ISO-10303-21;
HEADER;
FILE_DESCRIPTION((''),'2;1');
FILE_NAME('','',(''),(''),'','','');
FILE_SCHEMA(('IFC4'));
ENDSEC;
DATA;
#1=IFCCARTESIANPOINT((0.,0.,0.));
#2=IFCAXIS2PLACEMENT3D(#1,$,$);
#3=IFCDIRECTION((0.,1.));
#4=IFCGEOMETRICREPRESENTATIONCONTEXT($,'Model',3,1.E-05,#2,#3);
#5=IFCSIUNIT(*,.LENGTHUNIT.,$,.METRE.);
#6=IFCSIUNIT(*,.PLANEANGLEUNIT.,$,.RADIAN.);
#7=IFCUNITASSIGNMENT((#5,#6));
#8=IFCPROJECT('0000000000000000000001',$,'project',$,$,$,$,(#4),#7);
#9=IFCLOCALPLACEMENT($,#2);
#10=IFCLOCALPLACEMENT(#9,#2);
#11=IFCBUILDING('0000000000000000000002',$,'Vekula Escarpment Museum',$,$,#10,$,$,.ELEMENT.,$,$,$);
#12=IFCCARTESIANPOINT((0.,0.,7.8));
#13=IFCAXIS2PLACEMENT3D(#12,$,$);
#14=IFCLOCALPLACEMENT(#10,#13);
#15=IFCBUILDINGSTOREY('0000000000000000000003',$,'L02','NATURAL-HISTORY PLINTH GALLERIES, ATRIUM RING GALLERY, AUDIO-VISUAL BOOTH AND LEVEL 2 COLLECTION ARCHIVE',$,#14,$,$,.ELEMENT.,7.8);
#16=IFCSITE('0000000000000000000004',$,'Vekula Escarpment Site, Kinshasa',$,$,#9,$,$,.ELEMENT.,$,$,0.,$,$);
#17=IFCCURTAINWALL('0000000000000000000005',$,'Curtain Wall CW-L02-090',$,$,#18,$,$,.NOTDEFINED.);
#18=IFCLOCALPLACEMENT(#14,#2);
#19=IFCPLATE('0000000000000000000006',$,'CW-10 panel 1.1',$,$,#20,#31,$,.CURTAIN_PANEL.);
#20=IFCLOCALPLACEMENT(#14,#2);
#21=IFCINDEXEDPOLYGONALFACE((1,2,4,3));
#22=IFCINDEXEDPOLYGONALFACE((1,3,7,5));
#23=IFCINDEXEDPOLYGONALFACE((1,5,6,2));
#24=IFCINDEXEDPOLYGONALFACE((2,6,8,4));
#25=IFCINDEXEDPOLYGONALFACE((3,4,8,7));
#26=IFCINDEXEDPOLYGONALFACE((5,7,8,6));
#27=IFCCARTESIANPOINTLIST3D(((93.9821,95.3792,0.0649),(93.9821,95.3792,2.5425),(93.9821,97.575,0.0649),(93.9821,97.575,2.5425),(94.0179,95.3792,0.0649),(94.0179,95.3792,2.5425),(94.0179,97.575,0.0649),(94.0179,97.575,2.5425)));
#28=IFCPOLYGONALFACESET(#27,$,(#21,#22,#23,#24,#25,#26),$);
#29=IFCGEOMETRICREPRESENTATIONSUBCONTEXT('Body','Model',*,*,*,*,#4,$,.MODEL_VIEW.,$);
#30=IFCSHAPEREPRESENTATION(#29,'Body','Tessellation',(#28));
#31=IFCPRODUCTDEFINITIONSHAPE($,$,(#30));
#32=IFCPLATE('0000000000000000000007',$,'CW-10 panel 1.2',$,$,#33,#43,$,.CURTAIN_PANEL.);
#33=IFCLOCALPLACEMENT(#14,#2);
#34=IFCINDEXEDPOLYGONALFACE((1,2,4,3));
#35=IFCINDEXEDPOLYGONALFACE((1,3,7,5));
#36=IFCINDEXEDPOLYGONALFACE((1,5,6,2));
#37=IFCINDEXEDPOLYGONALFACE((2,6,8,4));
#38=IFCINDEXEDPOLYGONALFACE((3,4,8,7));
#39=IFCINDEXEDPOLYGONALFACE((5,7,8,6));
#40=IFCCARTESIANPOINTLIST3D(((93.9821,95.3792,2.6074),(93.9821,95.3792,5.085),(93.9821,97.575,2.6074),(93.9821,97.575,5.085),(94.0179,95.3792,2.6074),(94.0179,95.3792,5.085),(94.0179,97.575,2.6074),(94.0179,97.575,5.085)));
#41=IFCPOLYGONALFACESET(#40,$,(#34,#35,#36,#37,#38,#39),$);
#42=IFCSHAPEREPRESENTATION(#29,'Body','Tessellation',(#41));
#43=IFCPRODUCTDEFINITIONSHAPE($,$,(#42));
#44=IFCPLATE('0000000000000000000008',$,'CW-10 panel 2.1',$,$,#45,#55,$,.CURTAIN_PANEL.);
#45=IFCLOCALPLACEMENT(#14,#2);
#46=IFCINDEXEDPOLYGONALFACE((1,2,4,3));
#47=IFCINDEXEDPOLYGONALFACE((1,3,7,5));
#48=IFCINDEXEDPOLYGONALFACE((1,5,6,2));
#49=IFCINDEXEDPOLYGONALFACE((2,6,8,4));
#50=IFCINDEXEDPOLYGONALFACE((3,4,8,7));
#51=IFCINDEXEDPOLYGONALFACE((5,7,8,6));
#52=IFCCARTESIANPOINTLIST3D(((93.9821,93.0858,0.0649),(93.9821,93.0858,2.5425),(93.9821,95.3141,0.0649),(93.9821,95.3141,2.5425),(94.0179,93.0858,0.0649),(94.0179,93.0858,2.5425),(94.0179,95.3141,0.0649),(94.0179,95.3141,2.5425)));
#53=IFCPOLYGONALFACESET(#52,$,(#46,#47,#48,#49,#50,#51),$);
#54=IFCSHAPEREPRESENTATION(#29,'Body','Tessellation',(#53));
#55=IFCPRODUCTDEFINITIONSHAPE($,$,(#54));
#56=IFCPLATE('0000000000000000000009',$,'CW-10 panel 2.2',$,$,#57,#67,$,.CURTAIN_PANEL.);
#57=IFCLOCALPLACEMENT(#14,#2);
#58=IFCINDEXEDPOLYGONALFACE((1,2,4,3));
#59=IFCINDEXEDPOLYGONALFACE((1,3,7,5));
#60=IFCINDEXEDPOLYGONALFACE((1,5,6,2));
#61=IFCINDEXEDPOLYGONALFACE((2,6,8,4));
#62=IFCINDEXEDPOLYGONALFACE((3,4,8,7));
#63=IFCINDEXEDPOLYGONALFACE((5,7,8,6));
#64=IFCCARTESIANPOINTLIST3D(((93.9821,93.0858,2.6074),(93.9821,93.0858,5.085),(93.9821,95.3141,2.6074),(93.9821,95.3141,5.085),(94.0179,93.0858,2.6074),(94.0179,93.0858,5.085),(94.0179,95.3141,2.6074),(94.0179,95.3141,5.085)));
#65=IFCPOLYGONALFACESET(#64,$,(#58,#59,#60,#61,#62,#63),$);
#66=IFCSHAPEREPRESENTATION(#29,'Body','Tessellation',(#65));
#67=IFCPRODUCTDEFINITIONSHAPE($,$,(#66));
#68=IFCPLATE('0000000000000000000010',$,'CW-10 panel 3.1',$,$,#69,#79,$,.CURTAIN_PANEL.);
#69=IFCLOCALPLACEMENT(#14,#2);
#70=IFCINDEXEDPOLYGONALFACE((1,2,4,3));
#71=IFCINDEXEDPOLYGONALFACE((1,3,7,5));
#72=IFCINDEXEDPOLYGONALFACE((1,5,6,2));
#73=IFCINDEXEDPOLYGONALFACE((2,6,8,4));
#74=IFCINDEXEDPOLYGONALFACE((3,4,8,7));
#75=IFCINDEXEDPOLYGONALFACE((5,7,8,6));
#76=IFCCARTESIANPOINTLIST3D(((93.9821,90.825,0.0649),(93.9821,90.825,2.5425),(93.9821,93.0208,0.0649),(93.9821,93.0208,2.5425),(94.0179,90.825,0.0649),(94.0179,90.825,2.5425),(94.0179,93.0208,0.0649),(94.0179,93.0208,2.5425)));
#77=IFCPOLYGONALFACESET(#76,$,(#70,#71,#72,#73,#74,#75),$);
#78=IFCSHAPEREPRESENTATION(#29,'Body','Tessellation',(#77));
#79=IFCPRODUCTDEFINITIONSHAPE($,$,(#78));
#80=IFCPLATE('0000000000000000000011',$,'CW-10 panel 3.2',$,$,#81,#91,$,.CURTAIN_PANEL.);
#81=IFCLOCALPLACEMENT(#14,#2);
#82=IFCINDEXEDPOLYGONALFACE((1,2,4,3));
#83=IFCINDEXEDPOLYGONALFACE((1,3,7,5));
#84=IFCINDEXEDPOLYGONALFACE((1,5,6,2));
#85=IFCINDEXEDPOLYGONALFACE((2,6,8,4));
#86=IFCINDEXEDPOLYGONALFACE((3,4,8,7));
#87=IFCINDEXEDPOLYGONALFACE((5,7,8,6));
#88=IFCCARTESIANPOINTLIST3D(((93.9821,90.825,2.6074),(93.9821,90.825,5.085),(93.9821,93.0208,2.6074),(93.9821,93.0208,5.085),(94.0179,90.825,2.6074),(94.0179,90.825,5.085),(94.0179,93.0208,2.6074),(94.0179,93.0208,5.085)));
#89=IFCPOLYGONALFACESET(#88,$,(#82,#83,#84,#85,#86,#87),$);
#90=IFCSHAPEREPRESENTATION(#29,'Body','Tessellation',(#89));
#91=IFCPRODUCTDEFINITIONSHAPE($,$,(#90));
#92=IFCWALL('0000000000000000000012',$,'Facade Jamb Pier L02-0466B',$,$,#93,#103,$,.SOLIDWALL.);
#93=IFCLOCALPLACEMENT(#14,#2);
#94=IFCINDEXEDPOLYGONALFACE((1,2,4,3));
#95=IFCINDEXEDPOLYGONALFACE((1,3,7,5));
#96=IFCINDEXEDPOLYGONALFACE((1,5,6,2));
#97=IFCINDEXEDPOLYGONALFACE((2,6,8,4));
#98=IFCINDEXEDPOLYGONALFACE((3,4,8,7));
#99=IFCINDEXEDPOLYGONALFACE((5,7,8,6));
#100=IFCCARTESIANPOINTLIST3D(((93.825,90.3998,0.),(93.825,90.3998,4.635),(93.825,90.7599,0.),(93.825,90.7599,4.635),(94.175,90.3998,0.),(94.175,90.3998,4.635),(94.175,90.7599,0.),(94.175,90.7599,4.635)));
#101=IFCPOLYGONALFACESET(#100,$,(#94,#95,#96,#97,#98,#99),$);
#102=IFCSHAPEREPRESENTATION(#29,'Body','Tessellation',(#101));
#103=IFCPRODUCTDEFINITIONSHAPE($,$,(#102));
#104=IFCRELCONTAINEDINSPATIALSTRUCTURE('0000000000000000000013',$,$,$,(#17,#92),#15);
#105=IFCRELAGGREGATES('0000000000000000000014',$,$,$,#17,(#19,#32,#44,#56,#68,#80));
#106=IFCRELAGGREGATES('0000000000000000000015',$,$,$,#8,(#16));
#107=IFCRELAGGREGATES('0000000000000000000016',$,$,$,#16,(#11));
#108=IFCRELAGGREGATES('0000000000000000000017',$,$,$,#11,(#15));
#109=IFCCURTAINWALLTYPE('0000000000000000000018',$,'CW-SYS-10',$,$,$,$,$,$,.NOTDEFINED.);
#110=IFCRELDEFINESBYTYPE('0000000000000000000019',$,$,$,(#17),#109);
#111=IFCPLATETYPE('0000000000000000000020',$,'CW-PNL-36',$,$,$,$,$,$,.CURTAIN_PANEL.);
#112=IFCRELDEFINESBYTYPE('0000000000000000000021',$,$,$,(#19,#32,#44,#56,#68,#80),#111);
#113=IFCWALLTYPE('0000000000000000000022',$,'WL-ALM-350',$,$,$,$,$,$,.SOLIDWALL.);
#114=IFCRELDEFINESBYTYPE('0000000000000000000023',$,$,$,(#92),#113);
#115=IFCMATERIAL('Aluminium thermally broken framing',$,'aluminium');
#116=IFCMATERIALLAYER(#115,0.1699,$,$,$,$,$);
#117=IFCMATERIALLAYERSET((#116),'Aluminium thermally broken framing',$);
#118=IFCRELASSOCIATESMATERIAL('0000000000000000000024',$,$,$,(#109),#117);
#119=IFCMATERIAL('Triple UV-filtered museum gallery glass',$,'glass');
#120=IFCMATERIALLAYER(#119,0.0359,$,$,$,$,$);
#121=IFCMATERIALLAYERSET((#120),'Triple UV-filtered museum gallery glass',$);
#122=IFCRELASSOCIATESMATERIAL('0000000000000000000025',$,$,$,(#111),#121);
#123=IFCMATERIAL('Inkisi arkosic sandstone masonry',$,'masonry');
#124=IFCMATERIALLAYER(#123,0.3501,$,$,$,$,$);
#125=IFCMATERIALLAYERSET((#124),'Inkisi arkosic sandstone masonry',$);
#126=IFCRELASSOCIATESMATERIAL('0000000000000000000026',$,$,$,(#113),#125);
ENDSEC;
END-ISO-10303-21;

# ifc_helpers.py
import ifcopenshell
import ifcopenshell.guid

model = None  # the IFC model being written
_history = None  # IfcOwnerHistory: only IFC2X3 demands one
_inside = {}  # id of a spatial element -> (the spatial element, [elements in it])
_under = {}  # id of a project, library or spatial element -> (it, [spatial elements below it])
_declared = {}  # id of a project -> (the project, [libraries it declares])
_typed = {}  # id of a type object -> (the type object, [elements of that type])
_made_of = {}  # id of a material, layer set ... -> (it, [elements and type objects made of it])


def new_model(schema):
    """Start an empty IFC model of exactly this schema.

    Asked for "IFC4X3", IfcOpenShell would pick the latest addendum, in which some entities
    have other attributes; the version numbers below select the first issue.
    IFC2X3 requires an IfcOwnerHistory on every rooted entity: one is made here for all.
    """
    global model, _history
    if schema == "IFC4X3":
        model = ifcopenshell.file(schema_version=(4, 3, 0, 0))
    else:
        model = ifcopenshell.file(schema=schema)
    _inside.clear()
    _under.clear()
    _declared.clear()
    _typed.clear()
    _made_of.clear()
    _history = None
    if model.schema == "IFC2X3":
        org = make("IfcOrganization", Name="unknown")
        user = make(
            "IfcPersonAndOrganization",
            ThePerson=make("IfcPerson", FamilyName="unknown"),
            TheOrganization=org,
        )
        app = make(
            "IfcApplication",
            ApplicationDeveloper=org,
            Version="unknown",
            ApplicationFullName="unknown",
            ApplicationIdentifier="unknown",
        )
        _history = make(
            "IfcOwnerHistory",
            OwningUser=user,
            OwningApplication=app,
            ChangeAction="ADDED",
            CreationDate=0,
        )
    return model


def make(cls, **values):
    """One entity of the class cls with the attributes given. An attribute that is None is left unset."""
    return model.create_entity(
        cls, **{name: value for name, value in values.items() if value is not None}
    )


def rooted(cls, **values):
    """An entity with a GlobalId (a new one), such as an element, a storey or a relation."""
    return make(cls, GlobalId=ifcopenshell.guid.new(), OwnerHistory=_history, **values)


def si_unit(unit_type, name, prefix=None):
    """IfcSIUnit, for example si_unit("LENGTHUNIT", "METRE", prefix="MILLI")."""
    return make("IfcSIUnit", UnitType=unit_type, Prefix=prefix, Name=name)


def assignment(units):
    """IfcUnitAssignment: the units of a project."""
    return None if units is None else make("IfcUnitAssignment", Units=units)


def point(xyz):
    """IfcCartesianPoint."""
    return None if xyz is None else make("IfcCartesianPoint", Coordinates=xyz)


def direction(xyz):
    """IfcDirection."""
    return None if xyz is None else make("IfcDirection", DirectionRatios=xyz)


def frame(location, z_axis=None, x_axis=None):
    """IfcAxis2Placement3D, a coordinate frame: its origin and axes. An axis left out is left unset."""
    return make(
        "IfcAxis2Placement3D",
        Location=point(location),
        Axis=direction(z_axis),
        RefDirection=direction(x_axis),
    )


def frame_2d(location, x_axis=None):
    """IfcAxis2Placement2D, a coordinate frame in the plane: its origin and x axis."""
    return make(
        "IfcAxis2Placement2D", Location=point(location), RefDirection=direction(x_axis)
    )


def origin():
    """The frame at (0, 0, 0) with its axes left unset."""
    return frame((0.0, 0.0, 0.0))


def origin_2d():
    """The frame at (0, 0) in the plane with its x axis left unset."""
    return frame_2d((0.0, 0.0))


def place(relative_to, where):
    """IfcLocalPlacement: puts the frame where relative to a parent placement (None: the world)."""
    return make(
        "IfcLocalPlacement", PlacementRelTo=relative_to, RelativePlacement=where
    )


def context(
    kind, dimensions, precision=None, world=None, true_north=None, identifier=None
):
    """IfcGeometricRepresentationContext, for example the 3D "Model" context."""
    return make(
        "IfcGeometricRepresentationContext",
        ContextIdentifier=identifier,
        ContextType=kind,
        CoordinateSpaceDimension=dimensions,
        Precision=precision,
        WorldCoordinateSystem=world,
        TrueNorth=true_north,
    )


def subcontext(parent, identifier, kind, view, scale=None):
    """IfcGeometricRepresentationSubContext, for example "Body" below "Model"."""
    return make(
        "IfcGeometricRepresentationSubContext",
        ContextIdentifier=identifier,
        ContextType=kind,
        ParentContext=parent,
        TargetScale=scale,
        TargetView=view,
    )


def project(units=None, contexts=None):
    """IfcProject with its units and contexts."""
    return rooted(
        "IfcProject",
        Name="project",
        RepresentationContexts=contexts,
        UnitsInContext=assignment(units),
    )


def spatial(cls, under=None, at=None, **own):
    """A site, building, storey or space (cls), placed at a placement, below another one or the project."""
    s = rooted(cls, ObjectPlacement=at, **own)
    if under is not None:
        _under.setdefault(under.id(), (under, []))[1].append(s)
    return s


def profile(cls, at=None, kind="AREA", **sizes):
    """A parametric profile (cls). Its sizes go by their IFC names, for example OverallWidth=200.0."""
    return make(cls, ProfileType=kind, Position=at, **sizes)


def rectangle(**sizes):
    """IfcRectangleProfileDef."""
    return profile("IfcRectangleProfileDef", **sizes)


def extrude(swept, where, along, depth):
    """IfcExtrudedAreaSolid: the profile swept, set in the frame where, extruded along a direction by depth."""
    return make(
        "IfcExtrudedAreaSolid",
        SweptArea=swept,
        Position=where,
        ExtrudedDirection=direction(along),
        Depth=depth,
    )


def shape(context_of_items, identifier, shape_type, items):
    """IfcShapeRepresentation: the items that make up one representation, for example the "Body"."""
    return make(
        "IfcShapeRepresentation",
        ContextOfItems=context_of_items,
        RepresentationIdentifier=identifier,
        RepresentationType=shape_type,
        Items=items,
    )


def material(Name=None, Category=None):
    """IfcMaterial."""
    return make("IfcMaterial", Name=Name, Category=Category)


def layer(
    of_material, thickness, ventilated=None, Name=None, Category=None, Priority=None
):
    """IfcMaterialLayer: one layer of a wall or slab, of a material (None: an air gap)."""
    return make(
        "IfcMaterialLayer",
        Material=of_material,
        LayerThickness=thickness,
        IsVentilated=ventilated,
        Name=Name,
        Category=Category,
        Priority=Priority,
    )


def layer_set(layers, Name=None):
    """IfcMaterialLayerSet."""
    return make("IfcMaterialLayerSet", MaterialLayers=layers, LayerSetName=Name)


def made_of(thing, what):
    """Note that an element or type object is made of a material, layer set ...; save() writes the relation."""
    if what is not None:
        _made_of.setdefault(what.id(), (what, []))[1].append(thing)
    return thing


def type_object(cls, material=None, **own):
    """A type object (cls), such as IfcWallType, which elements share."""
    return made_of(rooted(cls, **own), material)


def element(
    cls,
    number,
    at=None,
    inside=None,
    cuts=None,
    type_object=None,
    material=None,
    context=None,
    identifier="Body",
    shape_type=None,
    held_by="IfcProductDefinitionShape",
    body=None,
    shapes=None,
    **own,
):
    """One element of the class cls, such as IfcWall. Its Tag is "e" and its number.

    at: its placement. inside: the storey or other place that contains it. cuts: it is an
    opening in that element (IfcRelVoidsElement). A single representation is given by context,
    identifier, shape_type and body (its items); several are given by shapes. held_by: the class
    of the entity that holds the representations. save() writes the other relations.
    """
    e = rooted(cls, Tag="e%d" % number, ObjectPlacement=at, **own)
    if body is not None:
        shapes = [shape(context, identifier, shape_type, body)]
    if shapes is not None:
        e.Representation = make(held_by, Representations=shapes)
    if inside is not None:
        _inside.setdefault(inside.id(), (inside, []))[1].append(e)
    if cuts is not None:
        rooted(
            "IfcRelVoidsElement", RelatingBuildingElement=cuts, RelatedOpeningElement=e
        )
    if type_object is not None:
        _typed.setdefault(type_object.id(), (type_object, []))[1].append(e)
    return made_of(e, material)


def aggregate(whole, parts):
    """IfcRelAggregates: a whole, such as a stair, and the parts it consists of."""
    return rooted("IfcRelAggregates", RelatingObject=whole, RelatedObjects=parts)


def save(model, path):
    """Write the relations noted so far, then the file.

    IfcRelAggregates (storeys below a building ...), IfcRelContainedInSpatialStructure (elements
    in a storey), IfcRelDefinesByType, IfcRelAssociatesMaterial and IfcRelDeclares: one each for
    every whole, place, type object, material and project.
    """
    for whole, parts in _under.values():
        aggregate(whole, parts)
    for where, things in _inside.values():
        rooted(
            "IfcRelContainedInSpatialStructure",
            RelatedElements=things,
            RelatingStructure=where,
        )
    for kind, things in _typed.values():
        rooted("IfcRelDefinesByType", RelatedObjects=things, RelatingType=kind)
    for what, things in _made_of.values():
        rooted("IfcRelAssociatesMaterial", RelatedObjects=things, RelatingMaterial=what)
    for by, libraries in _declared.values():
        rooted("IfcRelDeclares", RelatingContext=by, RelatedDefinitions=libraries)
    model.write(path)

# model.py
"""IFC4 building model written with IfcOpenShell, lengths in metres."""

from ifc_helpers import new_model, si_unit, direction, frame, frame_2d, origin, origin_2d, place, context, subcontext, project, spatial, rectangle, extrude, material, layer, layer_set, type_object, element, aggregate, save


model = new_model("IFC4")

# Units and contexts
model_context = context("Model", 3, precision=1e-05, world=origin(), true_north=direction((0.0, 1.0)))
body_context = subcontext(model_context, "Body", "Model", "MODEL_VIEW")
ifc_project = project(units=[si_unit("LENGTHUNIT", "METRE"), si_unit("PLANEANGLEUNIT", "RADIAN")], contexts=[model_context])

# Site, building, storey
site_placement = place(None, origin())
site = spatial("IfcSite", under=ifc_project, at=site_placement, Name="Vekula Escarpment Site, Kinshasa", CompositionType="ELEMENT", RefElevation=0.0)
building_placement = place(site_placement, origin())
building = spatial("IfcBuilding", under=site, at=building_placement, Name="Vekula Escarpment Museum", CompositionType="ELEMENT")
storey_placement = place(building_placement, frame((0.0, 0.0, 7.8)))
storey = spatial("IfcBuildingStorey", under=building, at=storey_placement, Name="L02", Description="NATURAL-HISTORY PLINTH GALLERIES, ATRIUM RING GALLERY, AUDIO-VISUAL BOOTH AND LEVEL 2 COLLECTION ARCHIVE", CompositionType="ELEMENT", Elevation=7.8)

# Curtain wall
ifc_material_1 = material(Name="Aluminium thermally broken framing", Category="aluminium")
ifc_layer_1 = layer(ifc_material_1, 0.1699)
ifc_layer_set_1 = layer_set([ifc_layer_1], Name="Aluminium thermally broken framing")
curtain_wall_type = type_object("IfcCurtainWallType", Name="CW-SYS-10", PredefinedType="NOTDEFINED", material=ifc_layer_set_1)
curtain_wall_placement = place(storey_placement, origin())
curtain_wall = element("IfcCurtainWall", 1, at=curtain_wall_placement, inside=storey, type_object=curtain_wall_type, Name="Curtain Wall CW-L02-090", PredefinedType="NOTDEFINED")

# Plates
ifc_material_2 = material(Name="Triple UV-filtered museum gallery glass", Category="glass")
ifc_layer_2 = layer(ifc_material_2, 0.0359)
ifc_layer_set_2 = layer_set([ifc_layer_2], Name="Triple UV-filtered museum gallery glass")
plate_type = type_object("IfcPlateType", Name="CW-PNL-36", PredefinedType="CURTAIN_PANEL", material=ifc_layer_set_2)
plate_1_placement = place(storey_placement, frame((94.0, 96.4771, 0.0649), z_axis=(0.0, 0.0, 1.0), x_axis=(0.0, -1.0, 0.0)))
plate_1 = element("IfcPlate", 2, at=plate_1_placement, type_object=plate_type, Name="CW-10 panel 1.1", PredefinedType="CURTAIN_PANEL", context=body_context, shape_type="SweptSolid", body=[
    extrude(rectangle(XDim=2.1958, YDim=0.0359, at=origin_2d()), origin(), (0.0, 0.0, 1.0), 2.4775),
])
plate_2_placement = place(storey_placement, frame((94.0, 96.4771, 2.6074), z_axis=(0.0, 0.0, 1.0), x_axis=(0.0, -1.0, 0.0)))
plate_2 = element("IfcPlate", 3, at=plate_2_placement, type_object=plate_type, Name="CW-10 panel 1.2", PredefinedType="CURTAIN_PANEL", context=body_context, shape_type="SweptSolid", body=[
    extrude(rectangle(XDim=2.1958, YDim=0.0359, at=origin_2d()), origin(), (0.0, 0.0, 1.0), 2.4775),
])
plate_3_placement = place(storey_placement, frame((94.0, 94.2, 0.0649), z_axis=(0.0, 0.0, 1.0), x_axis=(0.0, -1.0, 0.0)))
plate_3 = element("IfcPlate", 4, at=plate_3_placement, type_object=plate_type, Name="CW-10 panel 2.1", PredefinedType="CURTAIN_PANEL", context=body_context, shape_type="SweptSolid", body=[
    extrude(rectangle(XDim=2.2283, YDim=0.0359, at=origin_2d()), origin(), (0.0, 0.0, 1.0), 2.4775),
])
plate_4_placement = place(storey_placement, frame((94.0, 94.2, 2.6074), z_axis=(0.0, 0.0, 1.0), x_axis=(0.0, -1.0, 0.0)))
plate_4 = element("IfcPlate", 5, at=plate_4_placement, type_object=plate_type, Name="CW-10 panel 2.2", PredefinedType="CURTAIN_PANEL", context=body_context, shape_type="SweptSolid", body=[
    extrude(rectangle(XDim=2.2283, YDim=0.0359, at=origin_2d()), origin(), (0.0, 0.0, 1.0), 2.4775),
])
plate_5_placement = place(storey_placement, frame((94.0, 91.9229, 0.0649), z_axis=(0.0, 0.0, 1.0), x_axis=(0.0, -1.0, 0.0)))
plate_5 = element("IfcPlate", 6, at=plate_5_placement, type_object=plate_type, Name="CW-10 panel 3.1", PredefinedType="CURTAIN_PANEL", context=body_context, shape_type="SweptSolid", body=[
    extrude(rectangle(XDim=2.1958, YDim=0.0359, at=origin_2d()), origin(), (0.0, 0.0, 1.0), 2.4775),
])
plate_6_placement = place(storey_placement, frame((94.0, 91.9229, 2.6074), z_axis=(0.0, 0.0, 1.0), x_axis=(0.0, -1.0, 0.0)))
plate_6 = element("IfcPlate", 7, at=plate_6_placement, type_object=plate_type, Name="CW-10 panel 3.2", PredefinedType="CURTAIN_PANEL", context=body_context, shape_type="SweptSolid", body=[
    extrude(rectangle(XDim=2.1958, YDim=0.0359, at=origin_2d()), origin(), (0.0, 0.0, 1.0), 2.4775),
])
aggregate(curtain_wall, [plate_1, plate_2, plate_3, plate_4, plate_5, plate_6])

# Wall
ifc_material_3 = material(Name="Inkisi arkosic sandstone masonry", Category="masonry")
ifc_layer_3 = layer(ifc_material_3, 0.3501)
ifc_layer_set_3 = layer_set([ifc_layer_3], Name="Inkisi arkosic sandstone masonry")
wall_type = type_object("IfcWallType", Name="WL-ALM-350", PredefinedType="SOLIDWALL", material=ifc_layer_set_3)
wall_placement = place(storey_placement, frame((94.0, 90.76, 0.0), z_axis=(0.0, 0.0, 1.0), x_axis=(0.0, -1.0, 0.0)))
element("IfcWall", 8, at=wall_placement, inside=storey, type_object=wall_type, Name="Facade Jamb Pier L02-0466B", PredefinedType="SOLIDWALL", context=body_context, shape_type="SweptSolid", body=[
    extrude(rectangle(XDim=0.3601, YDim=0.3501, at=frame_2d((0.1802, 0.0))), origin(), (0.0, 0.0, 1.0), 4.635),
])

save(model, "model.ifc")
